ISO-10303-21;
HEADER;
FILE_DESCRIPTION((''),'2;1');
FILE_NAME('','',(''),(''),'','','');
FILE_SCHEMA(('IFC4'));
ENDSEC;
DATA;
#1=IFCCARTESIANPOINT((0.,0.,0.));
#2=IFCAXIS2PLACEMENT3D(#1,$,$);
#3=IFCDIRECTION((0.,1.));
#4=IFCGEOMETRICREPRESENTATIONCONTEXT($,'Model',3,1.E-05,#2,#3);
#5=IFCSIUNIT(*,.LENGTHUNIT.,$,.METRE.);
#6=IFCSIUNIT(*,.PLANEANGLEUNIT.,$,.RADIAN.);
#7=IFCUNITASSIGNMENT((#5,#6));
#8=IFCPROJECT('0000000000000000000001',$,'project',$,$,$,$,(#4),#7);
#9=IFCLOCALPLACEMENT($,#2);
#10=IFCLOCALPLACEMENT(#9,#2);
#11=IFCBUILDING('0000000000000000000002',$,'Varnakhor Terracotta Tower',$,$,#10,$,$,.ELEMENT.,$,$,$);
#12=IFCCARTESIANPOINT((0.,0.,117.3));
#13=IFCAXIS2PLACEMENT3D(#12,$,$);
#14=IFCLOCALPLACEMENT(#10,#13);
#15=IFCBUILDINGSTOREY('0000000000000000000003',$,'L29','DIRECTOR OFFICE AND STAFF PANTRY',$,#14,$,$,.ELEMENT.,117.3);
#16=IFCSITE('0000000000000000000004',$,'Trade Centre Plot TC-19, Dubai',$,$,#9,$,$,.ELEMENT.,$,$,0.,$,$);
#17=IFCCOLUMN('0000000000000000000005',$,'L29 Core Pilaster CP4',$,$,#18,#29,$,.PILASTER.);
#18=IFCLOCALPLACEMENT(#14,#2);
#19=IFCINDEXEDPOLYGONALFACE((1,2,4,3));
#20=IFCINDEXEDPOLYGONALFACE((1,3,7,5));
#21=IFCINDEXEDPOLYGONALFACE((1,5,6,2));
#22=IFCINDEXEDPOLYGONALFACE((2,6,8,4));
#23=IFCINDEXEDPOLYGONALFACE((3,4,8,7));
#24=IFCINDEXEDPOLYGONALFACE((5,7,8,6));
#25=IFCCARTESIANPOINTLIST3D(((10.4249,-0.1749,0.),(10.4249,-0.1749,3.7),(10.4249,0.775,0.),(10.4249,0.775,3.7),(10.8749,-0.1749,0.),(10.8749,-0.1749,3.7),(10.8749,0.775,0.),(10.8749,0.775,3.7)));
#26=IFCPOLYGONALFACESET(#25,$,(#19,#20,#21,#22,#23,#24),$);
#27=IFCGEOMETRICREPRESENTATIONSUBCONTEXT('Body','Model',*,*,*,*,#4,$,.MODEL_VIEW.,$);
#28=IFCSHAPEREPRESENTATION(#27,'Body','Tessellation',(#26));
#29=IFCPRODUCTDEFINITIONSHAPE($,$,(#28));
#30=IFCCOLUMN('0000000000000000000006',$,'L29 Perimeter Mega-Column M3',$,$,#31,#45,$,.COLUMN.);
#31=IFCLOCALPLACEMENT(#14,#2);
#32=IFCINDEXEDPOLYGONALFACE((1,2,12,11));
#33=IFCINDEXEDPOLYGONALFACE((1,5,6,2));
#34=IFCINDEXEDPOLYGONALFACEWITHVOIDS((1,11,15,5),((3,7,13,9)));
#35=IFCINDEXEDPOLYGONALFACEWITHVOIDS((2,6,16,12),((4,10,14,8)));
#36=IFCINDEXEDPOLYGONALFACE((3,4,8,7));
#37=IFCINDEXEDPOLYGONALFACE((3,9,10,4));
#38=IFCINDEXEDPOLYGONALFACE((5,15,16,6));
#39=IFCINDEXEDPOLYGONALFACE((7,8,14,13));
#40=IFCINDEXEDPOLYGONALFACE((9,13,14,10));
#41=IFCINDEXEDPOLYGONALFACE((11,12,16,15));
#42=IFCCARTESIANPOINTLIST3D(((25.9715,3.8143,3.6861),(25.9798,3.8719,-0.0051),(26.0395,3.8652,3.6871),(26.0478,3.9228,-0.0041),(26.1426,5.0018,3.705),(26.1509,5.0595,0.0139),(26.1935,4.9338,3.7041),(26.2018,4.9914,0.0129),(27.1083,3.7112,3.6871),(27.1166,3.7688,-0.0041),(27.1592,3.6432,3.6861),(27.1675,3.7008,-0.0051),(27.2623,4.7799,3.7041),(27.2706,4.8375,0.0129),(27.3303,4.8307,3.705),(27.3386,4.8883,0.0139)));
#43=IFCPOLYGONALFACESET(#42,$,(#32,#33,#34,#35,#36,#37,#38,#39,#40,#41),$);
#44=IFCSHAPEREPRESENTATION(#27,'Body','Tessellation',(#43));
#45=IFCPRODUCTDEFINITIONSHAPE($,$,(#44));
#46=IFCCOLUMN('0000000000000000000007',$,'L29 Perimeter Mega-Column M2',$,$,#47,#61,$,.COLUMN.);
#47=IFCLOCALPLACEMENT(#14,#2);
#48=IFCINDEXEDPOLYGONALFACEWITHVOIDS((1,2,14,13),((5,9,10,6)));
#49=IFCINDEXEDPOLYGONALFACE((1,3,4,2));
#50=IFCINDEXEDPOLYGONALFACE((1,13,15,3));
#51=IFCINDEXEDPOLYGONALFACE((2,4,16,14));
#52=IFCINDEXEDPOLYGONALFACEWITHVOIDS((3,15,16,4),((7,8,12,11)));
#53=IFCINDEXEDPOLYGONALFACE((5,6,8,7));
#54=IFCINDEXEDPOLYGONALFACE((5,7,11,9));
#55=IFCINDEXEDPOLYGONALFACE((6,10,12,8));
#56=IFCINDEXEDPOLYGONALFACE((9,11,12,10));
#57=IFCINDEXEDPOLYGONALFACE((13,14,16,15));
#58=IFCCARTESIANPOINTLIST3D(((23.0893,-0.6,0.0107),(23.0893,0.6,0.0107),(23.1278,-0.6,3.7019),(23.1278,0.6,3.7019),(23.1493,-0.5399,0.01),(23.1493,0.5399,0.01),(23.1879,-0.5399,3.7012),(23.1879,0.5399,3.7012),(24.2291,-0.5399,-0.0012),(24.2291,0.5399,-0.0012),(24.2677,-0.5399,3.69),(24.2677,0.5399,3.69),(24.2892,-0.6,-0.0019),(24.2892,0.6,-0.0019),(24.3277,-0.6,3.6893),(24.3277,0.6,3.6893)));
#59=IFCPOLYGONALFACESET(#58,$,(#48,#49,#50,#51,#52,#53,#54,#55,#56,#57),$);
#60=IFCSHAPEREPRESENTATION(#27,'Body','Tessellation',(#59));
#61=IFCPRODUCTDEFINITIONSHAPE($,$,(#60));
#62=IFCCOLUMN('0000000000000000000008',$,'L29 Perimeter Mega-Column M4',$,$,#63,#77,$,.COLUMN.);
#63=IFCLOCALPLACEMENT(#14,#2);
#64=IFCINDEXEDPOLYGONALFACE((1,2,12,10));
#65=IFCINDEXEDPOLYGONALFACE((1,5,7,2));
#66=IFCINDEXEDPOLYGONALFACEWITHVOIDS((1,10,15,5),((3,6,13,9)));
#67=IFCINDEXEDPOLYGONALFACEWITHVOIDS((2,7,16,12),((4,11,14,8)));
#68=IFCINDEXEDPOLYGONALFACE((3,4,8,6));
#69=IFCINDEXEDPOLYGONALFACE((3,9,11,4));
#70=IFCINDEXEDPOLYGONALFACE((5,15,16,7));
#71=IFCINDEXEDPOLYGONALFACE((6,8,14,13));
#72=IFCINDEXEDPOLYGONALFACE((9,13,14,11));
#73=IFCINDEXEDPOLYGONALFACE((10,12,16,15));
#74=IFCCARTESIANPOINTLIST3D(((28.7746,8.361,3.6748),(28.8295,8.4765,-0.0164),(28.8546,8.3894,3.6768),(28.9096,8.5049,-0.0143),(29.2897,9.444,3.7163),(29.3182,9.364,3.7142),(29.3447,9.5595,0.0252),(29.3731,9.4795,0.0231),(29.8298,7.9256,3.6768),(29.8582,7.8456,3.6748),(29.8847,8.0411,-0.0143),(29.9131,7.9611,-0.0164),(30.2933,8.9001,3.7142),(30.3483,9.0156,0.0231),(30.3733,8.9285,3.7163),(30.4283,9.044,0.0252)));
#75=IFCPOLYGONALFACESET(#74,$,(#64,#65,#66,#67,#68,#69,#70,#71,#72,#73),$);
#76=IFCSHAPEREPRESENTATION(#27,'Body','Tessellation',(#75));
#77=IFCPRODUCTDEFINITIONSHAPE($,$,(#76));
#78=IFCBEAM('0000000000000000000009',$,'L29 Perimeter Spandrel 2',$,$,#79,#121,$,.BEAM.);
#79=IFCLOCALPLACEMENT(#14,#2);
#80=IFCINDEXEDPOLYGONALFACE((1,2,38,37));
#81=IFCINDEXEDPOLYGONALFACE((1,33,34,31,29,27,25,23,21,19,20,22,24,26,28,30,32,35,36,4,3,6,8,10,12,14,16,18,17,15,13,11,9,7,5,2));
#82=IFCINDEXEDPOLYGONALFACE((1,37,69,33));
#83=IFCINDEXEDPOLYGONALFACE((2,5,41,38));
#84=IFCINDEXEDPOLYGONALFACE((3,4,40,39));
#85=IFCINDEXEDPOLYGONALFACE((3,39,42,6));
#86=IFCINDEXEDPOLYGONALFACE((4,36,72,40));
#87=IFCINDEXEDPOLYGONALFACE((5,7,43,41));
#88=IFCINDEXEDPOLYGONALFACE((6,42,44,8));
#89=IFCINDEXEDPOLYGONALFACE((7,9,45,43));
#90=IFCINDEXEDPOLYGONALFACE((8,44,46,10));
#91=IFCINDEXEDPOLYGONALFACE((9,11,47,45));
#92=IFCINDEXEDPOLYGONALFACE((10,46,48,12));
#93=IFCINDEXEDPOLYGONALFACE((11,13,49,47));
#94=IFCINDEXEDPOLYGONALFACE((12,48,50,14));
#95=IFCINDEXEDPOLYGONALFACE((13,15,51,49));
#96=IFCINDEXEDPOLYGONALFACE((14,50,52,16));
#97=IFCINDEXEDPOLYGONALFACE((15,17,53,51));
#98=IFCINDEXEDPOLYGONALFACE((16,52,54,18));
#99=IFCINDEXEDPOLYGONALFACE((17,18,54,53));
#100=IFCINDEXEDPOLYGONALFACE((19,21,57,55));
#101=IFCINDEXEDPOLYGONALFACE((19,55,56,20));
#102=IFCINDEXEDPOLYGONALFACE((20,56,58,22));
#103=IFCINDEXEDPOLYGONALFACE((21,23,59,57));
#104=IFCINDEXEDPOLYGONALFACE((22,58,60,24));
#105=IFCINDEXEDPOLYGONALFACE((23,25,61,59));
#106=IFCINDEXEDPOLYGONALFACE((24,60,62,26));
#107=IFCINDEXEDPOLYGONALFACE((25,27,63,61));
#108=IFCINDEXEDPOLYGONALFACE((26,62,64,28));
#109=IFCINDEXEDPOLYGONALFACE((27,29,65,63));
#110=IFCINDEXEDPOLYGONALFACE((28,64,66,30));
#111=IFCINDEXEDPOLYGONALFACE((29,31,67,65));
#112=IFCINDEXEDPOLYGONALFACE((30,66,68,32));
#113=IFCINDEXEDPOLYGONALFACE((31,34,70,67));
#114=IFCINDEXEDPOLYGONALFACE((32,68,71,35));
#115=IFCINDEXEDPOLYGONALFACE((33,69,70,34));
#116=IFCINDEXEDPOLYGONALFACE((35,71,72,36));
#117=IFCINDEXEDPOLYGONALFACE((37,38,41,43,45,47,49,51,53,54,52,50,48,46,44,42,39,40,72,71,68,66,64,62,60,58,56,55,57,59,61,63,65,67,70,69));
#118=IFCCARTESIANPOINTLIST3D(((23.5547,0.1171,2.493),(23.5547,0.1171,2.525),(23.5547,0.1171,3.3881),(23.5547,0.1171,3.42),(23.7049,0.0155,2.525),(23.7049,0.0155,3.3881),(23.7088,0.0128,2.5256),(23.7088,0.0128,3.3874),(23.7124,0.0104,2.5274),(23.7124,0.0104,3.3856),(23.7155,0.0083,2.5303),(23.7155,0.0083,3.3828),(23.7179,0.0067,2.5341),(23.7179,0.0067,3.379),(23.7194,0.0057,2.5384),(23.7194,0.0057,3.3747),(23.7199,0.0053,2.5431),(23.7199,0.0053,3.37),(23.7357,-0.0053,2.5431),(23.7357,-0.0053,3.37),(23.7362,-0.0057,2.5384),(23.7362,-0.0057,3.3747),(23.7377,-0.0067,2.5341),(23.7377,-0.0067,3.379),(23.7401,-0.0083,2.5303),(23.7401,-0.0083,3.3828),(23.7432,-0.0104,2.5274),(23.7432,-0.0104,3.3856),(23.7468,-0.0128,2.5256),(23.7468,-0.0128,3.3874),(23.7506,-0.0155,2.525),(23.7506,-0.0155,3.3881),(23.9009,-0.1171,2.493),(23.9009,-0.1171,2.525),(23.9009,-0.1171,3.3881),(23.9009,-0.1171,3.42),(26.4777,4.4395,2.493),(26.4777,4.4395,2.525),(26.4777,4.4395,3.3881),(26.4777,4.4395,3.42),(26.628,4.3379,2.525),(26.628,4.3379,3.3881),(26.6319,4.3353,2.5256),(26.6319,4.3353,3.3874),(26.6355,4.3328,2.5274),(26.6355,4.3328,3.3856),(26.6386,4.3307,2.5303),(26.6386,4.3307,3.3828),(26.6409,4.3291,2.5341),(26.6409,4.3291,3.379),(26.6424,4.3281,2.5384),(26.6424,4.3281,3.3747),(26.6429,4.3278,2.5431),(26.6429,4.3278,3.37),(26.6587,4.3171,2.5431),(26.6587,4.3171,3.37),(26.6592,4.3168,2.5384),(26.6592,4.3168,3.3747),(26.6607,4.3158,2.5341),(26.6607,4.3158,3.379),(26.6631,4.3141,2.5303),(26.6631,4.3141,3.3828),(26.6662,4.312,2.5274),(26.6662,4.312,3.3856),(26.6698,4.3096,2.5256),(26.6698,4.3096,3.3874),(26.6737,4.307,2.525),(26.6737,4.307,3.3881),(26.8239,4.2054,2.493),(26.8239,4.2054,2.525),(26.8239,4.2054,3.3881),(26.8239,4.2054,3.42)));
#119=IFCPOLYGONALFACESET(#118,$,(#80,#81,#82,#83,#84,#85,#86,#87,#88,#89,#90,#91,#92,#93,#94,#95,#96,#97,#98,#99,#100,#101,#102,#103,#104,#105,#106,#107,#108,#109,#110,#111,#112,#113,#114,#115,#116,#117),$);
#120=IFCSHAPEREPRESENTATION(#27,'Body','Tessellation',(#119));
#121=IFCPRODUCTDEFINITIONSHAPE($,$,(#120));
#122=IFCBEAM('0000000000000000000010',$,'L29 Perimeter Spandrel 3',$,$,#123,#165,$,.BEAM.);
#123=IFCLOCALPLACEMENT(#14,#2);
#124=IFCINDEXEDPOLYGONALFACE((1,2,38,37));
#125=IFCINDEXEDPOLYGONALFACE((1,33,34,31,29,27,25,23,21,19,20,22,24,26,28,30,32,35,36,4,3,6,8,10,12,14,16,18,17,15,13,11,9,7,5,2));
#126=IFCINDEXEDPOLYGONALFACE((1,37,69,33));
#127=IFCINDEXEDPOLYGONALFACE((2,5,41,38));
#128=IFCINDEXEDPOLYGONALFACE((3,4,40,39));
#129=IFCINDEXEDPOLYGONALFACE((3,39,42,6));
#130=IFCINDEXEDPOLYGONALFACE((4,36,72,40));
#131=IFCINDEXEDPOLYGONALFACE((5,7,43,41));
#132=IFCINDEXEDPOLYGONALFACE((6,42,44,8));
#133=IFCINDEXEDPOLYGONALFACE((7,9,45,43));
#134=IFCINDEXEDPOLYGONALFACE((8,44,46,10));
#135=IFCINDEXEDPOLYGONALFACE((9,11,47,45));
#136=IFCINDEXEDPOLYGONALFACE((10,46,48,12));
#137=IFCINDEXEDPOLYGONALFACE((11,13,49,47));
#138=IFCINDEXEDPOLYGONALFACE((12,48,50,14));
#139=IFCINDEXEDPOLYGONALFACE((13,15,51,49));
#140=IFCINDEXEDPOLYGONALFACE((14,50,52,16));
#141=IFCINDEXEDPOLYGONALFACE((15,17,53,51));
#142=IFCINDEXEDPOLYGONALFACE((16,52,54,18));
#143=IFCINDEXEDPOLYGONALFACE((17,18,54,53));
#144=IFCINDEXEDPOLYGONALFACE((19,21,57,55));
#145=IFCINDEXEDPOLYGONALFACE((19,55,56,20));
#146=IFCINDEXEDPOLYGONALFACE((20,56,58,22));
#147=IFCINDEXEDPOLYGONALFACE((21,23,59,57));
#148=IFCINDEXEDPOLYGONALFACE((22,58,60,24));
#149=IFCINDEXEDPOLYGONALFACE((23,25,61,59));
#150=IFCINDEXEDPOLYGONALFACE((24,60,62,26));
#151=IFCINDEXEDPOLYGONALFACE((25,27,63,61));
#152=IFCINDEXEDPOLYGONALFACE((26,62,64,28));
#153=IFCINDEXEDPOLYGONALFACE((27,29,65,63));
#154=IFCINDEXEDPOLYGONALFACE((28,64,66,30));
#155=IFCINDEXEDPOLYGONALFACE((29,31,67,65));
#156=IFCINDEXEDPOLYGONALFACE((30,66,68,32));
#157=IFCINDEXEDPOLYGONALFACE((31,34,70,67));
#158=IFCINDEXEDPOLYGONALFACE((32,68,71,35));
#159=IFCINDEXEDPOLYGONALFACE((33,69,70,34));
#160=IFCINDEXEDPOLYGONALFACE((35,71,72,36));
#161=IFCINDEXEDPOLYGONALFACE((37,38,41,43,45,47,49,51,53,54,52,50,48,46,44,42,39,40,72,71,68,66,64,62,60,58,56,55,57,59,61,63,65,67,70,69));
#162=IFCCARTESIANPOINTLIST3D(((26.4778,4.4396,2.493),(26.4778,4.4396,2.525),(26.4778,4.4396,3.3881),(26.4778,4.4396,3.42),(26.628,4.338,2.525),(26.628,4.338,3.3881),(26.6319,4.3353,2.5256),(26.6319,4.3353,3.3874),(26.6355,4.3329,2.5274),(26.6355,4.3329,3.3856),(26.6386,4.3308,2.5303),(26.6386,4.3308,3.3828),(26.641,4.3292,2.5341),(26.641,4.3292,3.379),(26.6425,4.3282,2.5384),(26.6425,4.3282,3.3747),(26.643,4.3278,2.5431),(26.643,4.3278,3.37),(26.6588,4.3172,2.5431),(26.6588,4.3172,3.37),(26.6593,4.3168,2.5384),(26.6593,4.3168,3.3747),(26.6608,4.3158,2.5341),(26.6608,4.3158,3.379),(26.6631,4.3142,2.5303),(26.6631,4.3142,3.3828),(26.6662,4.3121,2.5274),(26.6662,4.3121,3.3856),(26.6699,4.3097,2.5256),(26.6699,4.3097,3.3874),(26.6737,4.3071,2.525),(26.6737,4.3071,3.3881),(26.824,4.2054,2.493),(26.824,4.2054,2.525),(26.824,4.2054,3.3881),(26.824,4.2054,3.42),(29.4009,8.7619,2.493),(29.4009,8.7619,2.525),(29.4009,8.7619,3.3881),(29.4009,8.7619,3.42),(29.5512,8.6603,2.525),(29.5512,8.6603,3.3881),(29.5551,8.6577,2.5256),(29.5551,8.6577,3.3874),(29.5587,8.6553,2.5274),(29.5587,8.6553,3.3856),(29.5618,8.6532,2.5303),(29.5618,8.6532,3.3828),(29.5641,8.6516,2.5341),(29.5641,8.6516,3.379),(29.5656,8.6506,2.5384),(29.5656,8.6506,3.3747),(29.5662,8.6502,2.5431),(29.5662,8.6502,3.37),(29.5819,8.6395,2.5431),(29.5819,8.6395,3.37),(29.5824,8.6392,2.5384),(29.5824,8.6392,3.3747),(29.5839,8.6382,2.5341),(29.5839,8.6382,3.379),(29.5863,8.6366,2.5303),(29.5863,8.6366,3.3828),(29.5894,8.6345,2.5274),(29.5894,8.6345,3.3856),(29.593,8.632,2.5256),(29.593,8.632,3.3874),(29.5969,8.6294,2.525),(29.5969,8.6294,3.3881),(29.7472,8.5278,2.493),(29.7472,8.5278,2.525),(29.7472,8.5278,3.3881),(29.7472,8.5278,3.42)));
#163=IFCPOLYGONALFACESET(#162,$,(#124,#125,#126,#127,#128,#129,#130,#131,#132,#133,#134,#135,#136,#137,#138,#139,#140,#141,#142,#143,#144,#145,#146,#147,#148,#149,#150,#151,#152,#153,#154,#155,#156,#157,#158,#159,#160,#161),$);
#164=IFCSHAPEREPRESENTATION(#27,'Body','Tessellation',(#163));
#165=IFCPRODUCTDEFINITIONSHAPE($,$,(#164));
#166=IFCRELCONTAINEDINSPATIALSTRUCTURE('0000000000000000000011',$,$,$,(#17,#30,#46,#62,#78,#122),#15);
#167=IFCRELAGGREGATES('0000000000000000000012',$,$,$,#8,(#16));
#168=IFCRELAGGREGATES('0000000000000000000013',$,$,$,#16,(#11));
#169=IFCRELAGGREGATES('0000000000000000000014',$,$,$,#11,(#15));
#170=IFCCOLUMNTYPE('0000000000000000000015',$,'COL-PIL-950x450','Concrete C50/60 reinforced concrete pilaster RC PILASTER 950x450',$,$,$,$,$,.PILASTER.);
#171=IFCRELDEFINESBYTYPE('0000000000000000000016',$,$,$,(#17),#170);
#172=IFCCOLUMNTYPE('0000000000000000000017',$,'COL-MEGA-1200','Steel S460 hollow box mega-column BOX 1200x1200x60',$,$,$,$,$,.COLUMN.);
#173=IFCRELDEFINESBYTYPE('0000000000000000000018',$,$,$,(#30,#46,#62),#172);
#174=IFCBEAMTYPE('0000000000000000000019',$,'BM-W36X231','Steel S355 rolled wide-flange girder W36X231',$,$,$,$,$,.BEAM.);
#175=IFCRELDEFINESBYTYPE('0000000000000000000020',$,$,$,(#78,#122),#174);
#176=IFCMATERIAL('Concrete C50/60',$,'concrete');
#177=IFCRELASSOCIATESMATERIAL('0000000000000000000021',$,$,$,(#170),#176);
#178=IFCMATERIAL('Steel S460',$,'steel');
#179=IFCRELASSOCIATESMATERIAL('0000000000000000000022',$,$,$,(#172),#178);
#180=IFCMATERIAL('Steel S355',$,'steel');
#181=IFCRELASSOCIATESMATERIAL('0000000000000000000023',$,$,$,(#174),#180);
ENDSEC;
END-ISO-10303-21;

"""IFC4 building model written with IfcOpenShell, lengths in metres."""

from ifc_helpers import new_model, si_unit, direction, frame, origin, origin_2d, place, context, subcontext, project, spatial, rectangle, hollow_rectangle, i_section, extrude, source, transform, mapped, material, material_profile, profile_set, type_object, type_shapes, element, save


model = new_model("IFC4")

# Units and contexts
model_context = context("Model", 3, precision=1e-05, world=origin(), true_north=direction((0.0, 1.0)))
body_context = subcontext(model_context, "Body", "Model", "MODEL_VIEW")
ifc_project = project(units=[si_unit("LENGTHUNIT", "METRE"), si_unit("PLANEANGLEUNIT", "RADIAN")], contexts=[model_context])

# Site, building, storey
site_placement = place(None, origin())
site = spatial("IfcSite", under=ifc_project, at=site_placement, Name="Trade Centre Plot TC-19, Dubai", CompositionType="ELEMENT", RefElevation=0.0)
building_placement = place(site_placement, origin())
building = spatial("IfcBuilding", under=site, at=building_placement, Name="Varnakhor Terracotta Tower", CompositionType="ELEMENT")
storey_placement = place(building_placement, frame((0.0, 0.0, 117.3)))
storey = spatial("IfcBuildingStorey", under=building, at=storey_placement, Name="L29", Description="DIRECTOR OFFICE AND STAFF PANTRY", CompositionType="ELEMENT", Elevation=117.3)

# Columns
ifc_material_1 = material(Name="Concrete C50/60", Category="concrete")
ifc_material_profile_1 = material_profile(ifc_material_1, rectangle(XDim=0.45, YDim=0.95, at=origin_2d()), Name="RC PILASTER 950x450")
ifc_profile_set_1 = profile_set([ifc_material_profile_1], Name="Concrete C50/60")
column_type_1 = type_object("IfcColumnType", Name="COL-PIL-950x450", Description="Concrete C50/60 reinforced concrete pilaster RC PILASTER 950x450", PredefinedType="PILASTER", material=ifc_profile_set_1)
shared_shape_1 = source(origin(), body_context, "Body", "SweptSolid", [
    extrude(rectangle(XDim=0.45, YDim=0.95, at=origin_2d()), origin(), (0.0, 0.0, 1.0), 3.7),
])
column_1_placement = place(storey_placement, frame((10.6499, 0.3, 0.0), z_axis=(0.0, 0.0, 1.0), x_axis=(1.0, 0.0, 0.0)))
element("IfcColumn", 1, at=column_1_placement, inside=storey, type_object=column_type_1, Name="L29 Core Pilaster CP4", PredefinedType="PILASTER", context=body_context, shape_type="MappedRepresentation", body=[
    mapped(shared_shape_1, transform((0.0, 0.0, 0.0), scale=1.0)),
])
ifc_material_2 = material(Name="Steel S460", Category="steel")
ifc_material_profile_2 = material_profile(ifc_material_2, hollow_rectangle(XDim=1.2, YDim=1.2, WallThickness=0.0601, at=origin_2d()), Name="BOX 1200x1200x60")
ifc_profile_set_2 = profile_set([ifc_material_profile_2], Name="Steel S460")
column_type_2 = type_object("IfcColumnType", Name="COL-MEGA-1200", Description="Steel S460 hollow box mega-column BOX 1200x1200x60", PredefinedType="COLUMN", material=ifc_profile_set_2)
shared_shape_2 = source(origin(), body_context, "Body", "SweptSolid", [
    extrude(hollow_rectangle(XDim=1.2, YDim=1.2, WallThickness=0.0601, at=origin_2d()), origin(), (0.0, 0.0, 1.0), 3.6917),
])
type_shapes(column_type_2, [shared_shape_2])
column_2_placement = place(storey_placement, frame((26.6592, 4.3801, 0.0044), z_axis=(-0.002249, -0.015608, 0.999876), x_axis=(0.989781, -0.142596, 0.0)))
element("IfcColumn", 2, at=column_2_placement, inside=storey, type_object=column_type_2, Name="L29 Perimeter Mega-Column M3", PredefinedType="COLUMN", context=body_context, shape_type="MappedRepresentation", body=[
    mapped(shared_shape_2, transform((0.0, 0.0, 0.0), scale=1.0)),
])
shared_shape_3 = source(origin(), body_context, "Body", "SweptSolid", [
    extrude(hollow_rectangle(XDim=1.2, YDim=1.2, WallThickness=0.0601, at=origin_2d()), origin(), (0.0, 0.0, 1.0), 3.6914),
])
column_3_placement = place(storey_placement, frame((23.6892, 0.0, 0.0044), z_axis=(0.01045, 0.0, 0.999945), x_axis=(0.0, 1.0, 0.0)))
element("IfcColumn", 3, at=column_3_placement, inside=storey, type_object=column_type_2, Name="L29 Perimeter Mega-Column M2", PredefinedType="COLUMN", context=body_context, shape_type="MappedRepresentation", body=[
    mapped(shared_shape_3, transform((0.0, 0.0, 0.0), scale=1.0)),
])
shared_shape_4 = source(origin(), body_context, "Body", "SweptSolid", [
    extrude(hollow_rectangle(XDim=1.2, YDim=1.2, WallThickness=0.0601, at=origin_2d()), origin(), (0.0, 0.0, 1.0), 3.6934),
])
column_4_placement = place(storey_placement, frame((29.6289, 8.7603, 0.0044), z_axis=(-0.014873, -0.031266, 0.9994), x_axis=(0.903037, -0.429563, 0.0)))
element("IfcColumn", 4, at=column_4_placement, inside=storey, type_object=column_type_2, Name="L29 Perimeter Mega-Column M4", PredefinedType="COLUMN", context=body_context, shape_type="MappedRepresentation", body=[
    mapped(shared_shape_4, transform((0.0, 0.0, 0.0), scale=1.0)),
])

# Beams
ifc_material_3 = material(Name="Steel S355", Category="steel")
ifc_material_profile_3 = material_profile(ifc_material_3, i_section(OverallWidth=0.418, OverallDepth=0.927, WebThickness=0.019, FlangeThickness=0.032, FilletRadius=0.0181, at=origin_2d()), Name="W36X231")
ifc_profile_set_3 = profile_set([ifc_material_profile_3], Name="Steel S355")
beam_type_1 = type_object("IfcBeamType", Name="BM-W36X231", Description="Steel S355 rolled wide-flange girder W36X231", PredefinedType="BEAM", material=ifc_profile_set_3)
shared_shape_5 = source(origin(), body_context, "Body", "SweptSolid", [
    extrude(i_section(OverallWidth=0.418, OverallDepth=0.927, WebThickness=0.019, FlangeThickness=0.032, FilletRadius=0.0181, at=origin_2d()), origin(), (0.0, 0.0, 1.0), 5.218),
])
for number, where, z_axis, x_axis, name in (
    (5, (23.7278, 0.0, 2.9565), (0.560184, 0.828368, 0.0), (-0.828368, 0.560184, 0.0), "L29 Perimeter Spandrel 2"),
    (6, (26.6509, 4.3225, 2.9565), (0.560206, 0.828354, 0.0), (-0.828354, 0.560206, 0.0), "L29 Perimeter Spandrel 3"),
):
    element("IfcBeam", number, at=place(storey_placement, frame(where, z_axis=z_axis, x_axis=x_axis)), inside=storey, type_object=beam_type_1, Name=name, PredefinedType="BEAM", context=body_context, shape_type="MappedRepresentation", body=[
        mapped(shared_shape_5, transform((0.0, 0.0, 0.0), scale=1.0)),
    ])

save(model, "model.ifc")
